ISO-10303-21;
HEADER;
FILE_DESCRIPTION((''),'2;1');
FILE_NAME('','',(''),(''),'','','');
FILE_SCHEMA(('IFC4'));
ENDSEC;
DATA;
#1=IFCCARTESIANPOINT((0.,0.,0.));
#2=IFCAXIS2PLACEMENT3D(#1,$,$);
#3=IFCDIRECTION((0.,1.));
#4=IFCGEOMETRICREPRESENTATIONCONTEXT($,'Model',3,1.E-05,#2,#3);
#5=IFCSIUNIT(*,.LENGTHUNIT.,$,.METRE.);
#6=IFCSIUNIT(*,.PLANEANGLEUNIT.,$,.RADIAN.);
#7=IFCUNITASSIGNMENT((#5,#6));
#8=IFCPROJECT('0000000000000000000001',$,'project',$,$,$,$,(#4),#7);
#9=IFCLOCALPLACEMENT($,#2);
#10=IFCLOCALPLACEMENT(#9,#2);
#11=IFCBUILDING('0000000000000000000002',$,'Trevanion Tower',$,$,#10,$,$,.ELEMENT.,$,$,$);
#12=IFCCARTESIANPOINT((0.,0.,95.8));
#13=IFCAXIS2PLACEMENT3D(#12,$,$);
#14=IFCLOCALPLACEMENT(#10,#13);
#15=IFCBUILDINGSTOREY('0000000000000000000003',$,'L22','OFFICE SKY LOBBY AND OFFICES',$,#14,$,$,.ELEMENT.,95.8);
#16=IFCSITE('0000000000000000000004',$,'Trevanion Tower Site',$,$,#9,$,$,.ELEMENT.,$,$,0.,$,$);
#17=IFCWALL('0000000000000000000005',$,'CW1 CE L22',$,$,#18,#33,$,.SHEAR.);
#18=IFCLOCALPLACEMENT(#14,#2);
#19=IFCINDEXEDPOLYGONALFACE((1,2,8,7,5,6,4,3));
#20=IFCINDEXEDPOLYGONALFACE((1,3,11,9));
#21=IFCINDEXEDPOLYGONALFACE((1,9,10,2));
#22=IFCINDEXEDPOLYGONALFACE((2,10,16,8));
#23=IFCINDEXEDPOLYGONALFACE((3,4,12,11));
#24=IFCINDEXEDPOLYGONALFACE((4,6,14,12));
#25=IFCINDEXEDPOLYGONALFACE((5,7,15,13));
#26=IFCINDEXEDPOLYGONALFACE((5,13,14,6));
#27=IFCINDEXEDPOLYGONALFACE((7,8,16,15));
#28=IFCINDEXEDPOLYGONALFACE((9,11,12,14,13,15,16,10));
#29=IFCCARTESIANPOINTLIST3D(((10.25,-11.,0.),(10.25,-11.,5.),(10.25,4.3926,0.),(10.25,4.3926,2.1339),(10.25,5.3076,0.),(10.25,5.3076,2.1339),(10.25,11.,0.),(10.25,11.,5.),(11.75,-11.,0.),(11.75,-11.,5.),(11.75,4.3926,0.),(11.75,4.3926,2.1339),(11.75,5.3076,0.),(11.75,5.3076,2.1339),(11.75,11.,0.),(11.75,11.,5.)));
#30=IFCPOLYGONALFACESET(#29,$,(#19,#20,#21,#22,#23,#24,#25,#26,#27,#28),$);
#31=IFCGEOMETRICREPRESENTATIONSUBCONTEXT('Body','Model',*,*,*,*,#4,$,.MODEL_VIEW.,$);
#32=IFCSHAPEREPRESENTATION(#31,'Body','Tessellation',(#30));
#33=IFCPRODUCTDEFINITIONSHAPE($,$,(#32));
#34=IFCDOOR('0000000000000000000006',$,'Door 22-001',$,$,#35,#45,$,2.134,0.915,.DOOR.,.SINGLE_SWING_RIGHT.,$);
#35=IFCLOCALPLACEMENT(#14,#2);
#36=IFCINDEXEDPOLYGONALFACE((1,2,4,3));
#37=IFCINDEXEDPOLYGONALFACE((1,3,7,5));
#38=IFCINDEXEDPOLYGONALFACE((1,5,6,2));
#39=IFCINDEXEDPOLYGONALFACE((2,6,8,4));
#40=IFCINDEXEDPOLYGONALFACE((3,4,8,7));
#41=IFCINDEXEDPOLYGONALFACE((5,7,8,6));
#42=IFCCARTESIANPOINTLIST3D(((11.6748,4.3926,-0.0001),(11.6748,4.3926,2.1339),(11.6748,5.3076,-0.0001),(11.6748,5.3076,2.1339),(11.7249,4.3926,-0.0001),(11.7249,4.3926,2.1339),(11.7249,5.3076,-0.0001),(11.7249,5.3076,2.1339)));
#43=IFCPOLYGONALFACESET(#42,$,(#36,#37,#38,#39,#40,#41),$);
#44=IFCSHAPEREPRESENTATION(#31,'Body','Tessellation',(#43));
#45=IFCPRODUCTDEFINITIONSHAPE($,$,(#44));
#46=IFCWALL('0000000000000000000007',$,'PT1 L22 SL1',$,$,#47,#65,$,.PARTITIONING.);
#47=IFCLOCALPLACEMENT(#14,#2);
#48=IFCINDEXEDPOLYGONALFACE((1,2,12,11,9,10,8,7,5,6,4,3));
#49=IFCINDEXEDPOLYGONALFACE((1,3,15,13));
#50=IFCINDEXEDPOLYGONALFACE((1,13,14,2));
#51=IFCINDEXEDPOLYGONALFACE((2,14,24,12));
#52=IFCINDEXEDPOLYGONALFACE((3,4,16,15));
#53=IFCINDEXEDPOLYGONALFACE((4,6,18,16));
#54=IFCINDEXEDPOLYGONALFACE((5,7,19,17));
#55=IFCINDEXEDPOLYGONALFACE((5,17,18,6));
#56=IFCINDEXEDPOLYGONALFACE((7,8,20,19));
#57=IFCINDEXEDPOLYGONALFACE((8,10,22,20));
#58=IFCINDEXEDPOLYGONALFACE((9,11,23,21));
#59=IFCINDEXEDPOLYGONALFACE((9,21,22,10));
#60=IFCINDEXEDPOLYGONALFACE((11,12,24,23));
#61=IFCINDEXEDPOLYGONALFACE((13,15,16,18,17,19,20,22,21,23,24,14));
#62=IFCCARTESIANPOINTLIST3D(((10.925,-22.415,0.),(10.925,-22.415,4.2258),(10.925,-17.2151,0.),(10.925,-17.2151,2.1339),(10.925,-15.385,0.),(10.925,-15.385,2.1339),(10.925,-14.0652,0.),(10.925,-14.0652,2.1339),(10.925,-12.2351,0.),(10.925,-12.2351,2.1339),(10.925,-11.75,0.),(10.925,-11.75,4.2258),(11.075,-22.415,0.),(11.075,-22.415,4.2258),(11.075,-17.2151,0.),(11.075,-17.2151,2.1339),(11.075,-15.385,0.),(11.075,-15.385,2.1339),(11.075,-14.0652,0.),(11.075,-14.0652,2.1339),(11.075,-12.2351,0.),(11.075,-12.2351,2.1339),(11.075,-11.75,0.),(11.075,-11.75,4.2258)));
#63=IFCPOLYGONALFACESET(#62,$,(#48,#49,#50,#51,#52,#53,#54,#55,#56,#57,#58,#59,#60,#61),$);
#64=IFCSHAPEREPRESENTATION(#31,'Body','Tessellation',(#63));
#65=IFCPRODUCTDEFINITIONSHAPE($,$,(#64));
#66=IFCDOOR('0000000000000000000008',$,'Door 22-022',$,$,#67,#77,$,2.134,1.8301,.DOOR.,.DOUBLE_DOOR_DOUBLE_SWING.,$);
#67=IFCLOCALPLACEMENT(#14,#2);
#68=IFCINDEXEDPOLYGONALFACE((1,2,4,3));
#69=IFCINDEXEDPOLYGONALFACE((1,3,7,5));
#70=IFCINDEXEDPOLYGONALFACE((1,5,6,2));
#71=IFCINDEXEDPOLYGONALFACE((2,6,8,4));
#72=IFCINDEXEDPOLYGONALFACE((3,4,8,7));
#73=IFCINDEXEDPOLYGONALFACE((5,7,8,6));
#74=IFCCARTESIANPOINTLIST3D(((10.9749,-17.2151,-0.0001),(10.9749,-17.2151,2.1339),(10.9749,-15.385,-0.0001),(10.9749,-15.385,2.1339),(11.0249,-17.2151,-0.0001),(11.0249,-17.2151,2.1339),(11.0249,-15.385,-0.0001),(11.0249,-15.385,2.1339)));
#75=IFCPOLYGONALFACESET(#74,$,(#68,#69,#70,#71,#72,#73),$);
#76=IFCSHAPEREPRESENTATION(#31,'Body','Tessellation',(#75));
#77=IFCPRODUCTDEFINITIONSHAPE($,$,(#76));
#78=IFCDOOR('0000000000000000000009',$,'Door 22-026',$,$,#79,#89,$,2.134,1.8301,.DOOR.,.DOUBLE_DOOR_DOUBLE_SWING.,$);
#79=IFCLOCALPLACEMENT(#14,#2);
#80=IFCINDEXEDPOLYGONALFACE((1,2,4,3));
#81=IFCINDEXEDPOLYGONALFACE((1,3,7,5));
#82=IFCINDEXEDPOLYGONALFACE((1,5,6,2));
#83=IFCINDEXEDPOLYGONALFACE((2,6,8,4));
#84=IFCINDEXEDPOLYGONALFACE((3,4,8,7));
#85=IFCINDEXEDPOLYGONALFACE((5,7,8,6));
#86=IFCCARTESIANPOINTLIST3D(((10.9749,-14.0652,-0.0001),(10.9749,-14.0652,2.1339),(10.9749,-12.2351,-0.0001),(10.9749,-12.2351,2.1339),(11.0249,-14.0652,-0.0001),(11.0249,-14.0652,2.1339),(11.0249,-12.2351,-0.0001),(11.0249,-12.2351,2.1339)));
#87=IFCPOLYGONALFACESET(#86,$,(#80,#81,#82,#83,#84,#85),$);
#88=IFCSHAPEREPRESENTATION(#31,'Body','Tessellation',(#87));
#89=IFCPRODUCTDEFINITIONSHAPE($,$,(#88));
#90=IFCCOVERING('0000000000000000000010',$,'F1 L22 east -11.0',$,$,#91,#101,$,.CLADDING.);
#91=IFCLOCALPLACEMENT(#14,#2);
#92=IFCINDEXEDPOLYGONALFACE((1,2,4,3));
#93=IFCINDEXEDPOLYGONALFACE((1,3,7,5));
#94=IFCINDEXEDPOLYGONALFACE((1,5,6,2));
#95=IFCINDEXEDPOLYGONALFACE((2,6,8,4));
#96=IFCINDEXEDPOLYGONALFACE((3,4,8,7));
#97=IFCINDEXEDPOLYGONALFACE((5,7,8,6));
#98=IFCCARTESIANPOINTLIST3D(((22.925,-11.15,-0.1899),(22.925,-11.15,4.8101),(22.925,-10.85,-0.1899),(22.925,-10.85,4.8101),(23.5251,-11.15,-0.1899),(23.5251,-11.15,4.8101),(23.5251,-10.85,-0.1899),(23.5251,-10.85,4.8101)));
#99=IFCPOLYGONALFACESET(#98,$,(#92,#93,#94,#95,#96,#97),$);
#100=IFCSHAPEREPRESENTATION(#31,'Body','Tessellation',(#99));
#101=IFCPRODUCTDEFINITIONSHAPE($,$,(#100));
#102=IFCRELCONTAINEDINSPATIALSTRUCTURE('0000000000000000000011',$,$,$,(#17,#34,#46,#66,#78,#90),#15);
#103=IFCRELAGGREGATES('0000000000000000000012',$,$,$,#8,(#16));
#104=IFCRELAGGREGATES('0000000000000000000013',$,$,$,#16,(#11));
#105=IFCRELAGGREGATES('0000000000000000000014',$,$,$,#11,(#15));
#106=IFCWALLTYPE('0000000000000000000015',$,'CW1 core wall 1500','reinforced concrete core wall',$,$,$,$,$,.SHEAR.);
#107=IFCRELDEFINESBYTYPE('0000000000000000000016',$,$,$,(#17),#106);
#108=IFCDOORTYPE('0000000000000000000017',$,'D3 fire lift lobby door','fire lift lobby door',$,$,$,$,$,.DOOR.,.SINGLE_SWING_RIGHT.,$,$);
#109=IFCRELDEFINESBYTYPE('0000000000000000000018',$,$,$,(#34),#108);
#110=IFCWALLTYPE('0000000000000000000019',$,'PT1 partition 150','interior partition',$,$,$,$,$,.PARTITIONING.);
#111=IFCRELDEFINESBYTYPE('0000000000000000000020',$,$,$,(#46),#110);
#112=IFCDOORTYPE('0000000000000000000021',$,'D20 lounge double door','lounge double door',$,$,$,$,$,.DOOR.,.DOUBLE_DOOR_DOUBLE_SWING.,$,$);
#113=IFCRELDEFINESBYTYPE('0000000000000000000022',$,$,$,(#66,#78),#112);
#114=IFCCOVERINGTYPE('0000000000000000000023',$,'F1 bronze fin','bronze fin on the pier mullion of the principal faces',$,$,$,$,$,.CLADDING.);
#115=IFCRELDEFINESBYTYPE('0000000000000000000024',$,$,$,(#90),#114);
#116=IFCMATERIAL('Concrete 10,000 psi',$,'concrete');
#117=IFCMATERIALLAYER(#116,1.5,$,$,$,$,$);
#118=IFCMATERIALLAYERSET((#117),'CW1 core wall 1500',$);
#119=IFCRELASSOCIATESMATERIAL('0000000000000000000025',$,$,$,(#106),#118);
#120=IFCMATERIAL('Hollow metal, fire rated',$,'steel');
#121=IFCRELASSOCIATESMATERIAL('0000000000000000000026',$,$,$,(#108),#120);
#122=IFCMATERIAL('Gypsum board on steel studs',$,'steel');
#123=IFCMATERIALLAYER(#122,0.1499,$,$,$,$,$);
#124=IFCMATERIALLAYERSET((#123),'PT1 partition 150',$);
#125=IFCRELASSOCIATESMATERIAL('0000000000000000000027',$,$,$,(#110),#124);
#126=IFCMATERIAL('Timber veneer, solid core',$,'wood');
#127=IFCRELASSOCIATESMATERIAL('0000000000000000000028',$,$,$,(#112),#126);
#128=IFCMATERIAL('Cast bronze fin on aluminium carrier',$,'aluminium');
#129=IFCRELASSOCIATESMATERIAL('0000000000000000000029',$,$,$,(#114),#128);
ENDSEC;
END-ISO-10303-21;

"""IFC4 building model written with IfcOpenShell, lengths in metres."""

from ifc_helpers import new_model, si_unit, direction, frame, frame_2d, origin, origin_2d, place, context, subcontext, project, spatial, rectangle, extrude, material, layer, layer_set, type_object, element, fill, save


model = new_model("IFC4")

# Units and contexts
model_context = context("Model", 3, precision=1e-05, world=origin(), true_north=direction((0.0, 1.0)))
body_context = subcontext(model_context, "Body", "Model", "MODEL_VIEW")
ifc_project = project(units=[si_unit("LENGTHUNIT", "METRE"), si_unit("PLANEANGLEUNIT", "RADIAN")], contexts=[model_context])

# Site, building, storey
site_placement = place(None, origin())
site = spatial("IfcSite", under=ifc_project, at=site_placement, Name="Trevanion Tower Site", CompositionType="ELEMENT", RefElevation=0.0)
building_placement = place(site_placement, origin())
building = spatial("IfcBuilding", under=site, at=building_placement, Name="Trevanion Tower", CompositionType="ELEMENT")
storey_placement = place(building_placement, frame((0.0, 0.0, 95.8)))
storey = spatial("IfcBuildingStorey", under=building, at=storey_placement, Name="L22", Description="OFFICE SKY LOBBY AND OFFICES", CompositionType="ELEMENT", Elevation=95.8)

# Wall, opening, door
ifc_material_1 = material(Name="Concrete 10,000 psi", Category="concrete")
ifc_layer_1 = layer(ifc_material_1, 1.5)
ifc_layer_set_1 = layer_set([ifc_layer_1], Name="CW1 core wall 1500")
wall_type_1 = type_object("IfcWallType", Name="CW1 core wall 1500", Description="reinforced concrete core wall", PredefinedType="SHEAR", material=ifc_layer_set_1)
wall_1_placement = place(storey_placement, frame((11.0, -11.0, 0.0), z_axis=(0.0, 0.0, 1.0), x_axis=(0.0, 1.0, 0.0)))
wall_1 = element("IfcWall", 1, at=wall_1_placement, inside=storey, type_object=wall_type_1, Name="CW1 CE L22", PredefinedType="SHEAR", context=body_context, shape_type="SweptSolid", body=[
    extrude(rectangle(XDim=22.0, YDim=1.5, at=frame_2d((11.0, 0.0))), origin(), (0.0, 0.0, 1.0), 5.0),
])
opening_1_placement = place(wall_1_placement, frame((15.3926, 0.0, 0.0)))
opening_1 = element("IfcOpeningElement", 2, at=opening_1_placement, cuts=wall_1, PredefinedType="OPENING", context=body_context, shape_type="SweptSolid", body=[
    extrude(rectangle(XDim=0.915, YDim=2.134, at=frame_2d((0.4575, 1.0669))), frame((0.0, 0.76, 0.0), z_axis=(0.0, -1.0, 0.0), x_axis=(1.0, 0.0, 0.0)), (0.0, 0.0, 1.0), 1.52),
])
ifc_material_2 = material(Name="Hollow metal, fire rated", Category="steel")
door_type_1 = type_object("IfcDoorType", Name="D3 fire lift lobby door", Description="fire lift lobby door", OperationType="SINGLE_SWING_RIGHT", PredefinedType="DOOR", material=ifc_material_2)
door_1_placement = place(opening_1_placement, origin())
door_1 = element("IfcDoor", 3, at=door_1_placement, inside=storey, type_object=door_type_1, Name="Door 22-001", OperationType="SINGLE_SWING_RIGHT", OverallHeight=2.134, OverallWidth=0.915, PredefinedType="DOOR", context=body_context, shape_type="SweptSolid", body=[
    extrude(rectangle(XDim=0.915, YDim=2.134, at=frame_2d((0.4575, 1.0669))), frame((0.0, -0.6748, 0.0), z_axis=(0.0, -1.0, 0.0), x_axis=(1.0, 0.0, 0.0)), (0.0, 0.0, 1.0), 0.05),
])
fill(opening_1, door_1)

# Wall, openings, doors
ifc_material_3 = material(Name="Gypsum board on steel studs", Category="steel")
ifc_layer_2 = layer(ifc_material_3, 0.1499)
ifc_layer_set_2 = layer_set([ifc_layer_2], Name="PT1 partition 150")
wall_type_2 = type_object("IfcWallType", Name="PT1 partition 150", Description="interior partition", PredefinedType="PARTITIONING", material=ifc_layer_set_2)
wall_2_placement = place(storey_placement, frame((11.0, -11.75, 0.0), z_axis=(0.0, 0.0, 1.0), x_axis=(0.0, -1.0, 0.0)))
wall_2 = element("IfcWall", 4, at=wall_2_placement, inside=storey, type_object=wall_type_2, Name="PT1 L22 SL1", PredefinedType="PARTITIONING", context=body_context, shape_type="SweptSolid", body=[
    extrude(rectangle(XDim=10.665, YDim=0.1499, at=frame_2d((5.3325, 0.0))), origin(), (0.0, 0.0, 1.0), 4.2258),
])
opening_2_placement = place(wall_2_placement, frame((3.635, 0.0, 0.0)))
opening_2 = element("IfcOpeningElement", 5, at=opening_2_placement, cuts=wall_2, PredefinedType="OPENING", context=body_context, shape_type="SweptSolid", body=[
    extrude(rectangle(XDim=1.8301, YDim=2.134, at=frame_2d((0.915, 1.0669))), frame((0.0, 0.085, 0.0), z_axis=(0.0, -1.0, 0.0), x_axis=(1.0, 0.0, 0.0)), (0.0, 0.0, 1.0), 0.1699),
])
opening_3_placement = place(wall_2_placement, frame((0.4851, 0.0, 0.0)))
opening_3 = element("IfcOpeningElement", 6, at=opening_3_placement, cuts=wall_2, PredefinedType="OPENING", context=body_context, shape_type="SweptSolid", body=[
    extrude(rectangle(XDim=1.8301, YDim=2.134, at=frame_2d((0.915, 1.0669))), frame((0.0, 0.085, 0.0), z_axis=(0.0, -1.0, 0.0), x_axis=(1.0, 0.0, 0.0)), (0.0, 0.0, 1.0), 0.1699),
])
ifc_material_4 = material(Name="Timber veneer, solid core", Category="wood")
door_type_2 = type_object("IfcDoorType", Name="D20 lounge double door", Description="lounge double door", OperationType="DOUBLE_DOOR_DOUBLE_SWING", PredefinedType="DOOR", material=ifc_material_4)
door_2_placement = place(opening_2_placement, origin())
door_2 = element("IfcDoor", 7, at=door_2_placement, inside=storey, type_object=door_type_2, Name="Door 22-022", OperationType="DOUBLE_DOOR_DOUBLE_SWING", OverallHeight=2.134, OverallWidth=1.8301, PredefinedType="DOOR", context=body_context, shape_type="SweptSolid", body=[
    extrude(rectangle(XDim=1.8301, YDim=2.134, at=frame_2d((0.915, 1.0669))), frame((0.0, 0.0249, 0.0), z_axis=(0.0, -1.0, 0.0), x_axis=(1.0, 0.0, 0.0)), (0.0, 0.0, 1.0), 0.05),
])
fill(opening_2, door_2)
door_3_placement = place(opening_3_placement, origin())
door_3 = element("IfcDoor", 8, at=door_3_placement, inside=storey, type_object=door_type_2, Name="Door 22-026", OperationType="DOUBLE_DOOR_DOUBLE_SWING", OverallHeight=2.134, OverallWidth=1.8301, PredefinedType="DOOR", context=body_context, shape_type="SweptSolid", body=[
    extrude(rectangle(XDim=1.8301, YDim=2.134, at=frame_2d((0.915, 1.0669))), frame((0.0, 0.0249, 0.0), z_axis=(0.0, -1.0, 0.0), x_axis=(1.0, 0.0, 0.0)), (0.0, 0.0, 1.0), 0.05),
])
fill(opening_3, door_3)

# Covering
ifc_material_5 = material(Name="Cast bronze fin on aluminium carrier", Category="aluminium")
covering_type = type_object("IfcCoveringType", Name="F1 bronze fin", Description="bronze fin on the pier mullion of the principal faces", PredefinedType="CLADDING", material=ifc_material_5)
covering_placement = place(storey_placement, frame((23.2251, -11.0, -0.1899), z_axis=(0.0, 0.0, 1.0), x_axis=(0.0, 1.0, 0.0)))
element("IfcCovering", 9, at=covering_placement, inside=storey, type_object=covering_type, Name="F1 L22 east -11.0", PredefinedType="CLADDING", context=body_context, shape_type="SweptSolid", body=[
    extrude(rectangle(XDim=0.3, YDim=0.6001, at=origin_2d()), origin(), (0.0, 0.0, 1.0), 5.0),
])

save(model, "model.ifc")
